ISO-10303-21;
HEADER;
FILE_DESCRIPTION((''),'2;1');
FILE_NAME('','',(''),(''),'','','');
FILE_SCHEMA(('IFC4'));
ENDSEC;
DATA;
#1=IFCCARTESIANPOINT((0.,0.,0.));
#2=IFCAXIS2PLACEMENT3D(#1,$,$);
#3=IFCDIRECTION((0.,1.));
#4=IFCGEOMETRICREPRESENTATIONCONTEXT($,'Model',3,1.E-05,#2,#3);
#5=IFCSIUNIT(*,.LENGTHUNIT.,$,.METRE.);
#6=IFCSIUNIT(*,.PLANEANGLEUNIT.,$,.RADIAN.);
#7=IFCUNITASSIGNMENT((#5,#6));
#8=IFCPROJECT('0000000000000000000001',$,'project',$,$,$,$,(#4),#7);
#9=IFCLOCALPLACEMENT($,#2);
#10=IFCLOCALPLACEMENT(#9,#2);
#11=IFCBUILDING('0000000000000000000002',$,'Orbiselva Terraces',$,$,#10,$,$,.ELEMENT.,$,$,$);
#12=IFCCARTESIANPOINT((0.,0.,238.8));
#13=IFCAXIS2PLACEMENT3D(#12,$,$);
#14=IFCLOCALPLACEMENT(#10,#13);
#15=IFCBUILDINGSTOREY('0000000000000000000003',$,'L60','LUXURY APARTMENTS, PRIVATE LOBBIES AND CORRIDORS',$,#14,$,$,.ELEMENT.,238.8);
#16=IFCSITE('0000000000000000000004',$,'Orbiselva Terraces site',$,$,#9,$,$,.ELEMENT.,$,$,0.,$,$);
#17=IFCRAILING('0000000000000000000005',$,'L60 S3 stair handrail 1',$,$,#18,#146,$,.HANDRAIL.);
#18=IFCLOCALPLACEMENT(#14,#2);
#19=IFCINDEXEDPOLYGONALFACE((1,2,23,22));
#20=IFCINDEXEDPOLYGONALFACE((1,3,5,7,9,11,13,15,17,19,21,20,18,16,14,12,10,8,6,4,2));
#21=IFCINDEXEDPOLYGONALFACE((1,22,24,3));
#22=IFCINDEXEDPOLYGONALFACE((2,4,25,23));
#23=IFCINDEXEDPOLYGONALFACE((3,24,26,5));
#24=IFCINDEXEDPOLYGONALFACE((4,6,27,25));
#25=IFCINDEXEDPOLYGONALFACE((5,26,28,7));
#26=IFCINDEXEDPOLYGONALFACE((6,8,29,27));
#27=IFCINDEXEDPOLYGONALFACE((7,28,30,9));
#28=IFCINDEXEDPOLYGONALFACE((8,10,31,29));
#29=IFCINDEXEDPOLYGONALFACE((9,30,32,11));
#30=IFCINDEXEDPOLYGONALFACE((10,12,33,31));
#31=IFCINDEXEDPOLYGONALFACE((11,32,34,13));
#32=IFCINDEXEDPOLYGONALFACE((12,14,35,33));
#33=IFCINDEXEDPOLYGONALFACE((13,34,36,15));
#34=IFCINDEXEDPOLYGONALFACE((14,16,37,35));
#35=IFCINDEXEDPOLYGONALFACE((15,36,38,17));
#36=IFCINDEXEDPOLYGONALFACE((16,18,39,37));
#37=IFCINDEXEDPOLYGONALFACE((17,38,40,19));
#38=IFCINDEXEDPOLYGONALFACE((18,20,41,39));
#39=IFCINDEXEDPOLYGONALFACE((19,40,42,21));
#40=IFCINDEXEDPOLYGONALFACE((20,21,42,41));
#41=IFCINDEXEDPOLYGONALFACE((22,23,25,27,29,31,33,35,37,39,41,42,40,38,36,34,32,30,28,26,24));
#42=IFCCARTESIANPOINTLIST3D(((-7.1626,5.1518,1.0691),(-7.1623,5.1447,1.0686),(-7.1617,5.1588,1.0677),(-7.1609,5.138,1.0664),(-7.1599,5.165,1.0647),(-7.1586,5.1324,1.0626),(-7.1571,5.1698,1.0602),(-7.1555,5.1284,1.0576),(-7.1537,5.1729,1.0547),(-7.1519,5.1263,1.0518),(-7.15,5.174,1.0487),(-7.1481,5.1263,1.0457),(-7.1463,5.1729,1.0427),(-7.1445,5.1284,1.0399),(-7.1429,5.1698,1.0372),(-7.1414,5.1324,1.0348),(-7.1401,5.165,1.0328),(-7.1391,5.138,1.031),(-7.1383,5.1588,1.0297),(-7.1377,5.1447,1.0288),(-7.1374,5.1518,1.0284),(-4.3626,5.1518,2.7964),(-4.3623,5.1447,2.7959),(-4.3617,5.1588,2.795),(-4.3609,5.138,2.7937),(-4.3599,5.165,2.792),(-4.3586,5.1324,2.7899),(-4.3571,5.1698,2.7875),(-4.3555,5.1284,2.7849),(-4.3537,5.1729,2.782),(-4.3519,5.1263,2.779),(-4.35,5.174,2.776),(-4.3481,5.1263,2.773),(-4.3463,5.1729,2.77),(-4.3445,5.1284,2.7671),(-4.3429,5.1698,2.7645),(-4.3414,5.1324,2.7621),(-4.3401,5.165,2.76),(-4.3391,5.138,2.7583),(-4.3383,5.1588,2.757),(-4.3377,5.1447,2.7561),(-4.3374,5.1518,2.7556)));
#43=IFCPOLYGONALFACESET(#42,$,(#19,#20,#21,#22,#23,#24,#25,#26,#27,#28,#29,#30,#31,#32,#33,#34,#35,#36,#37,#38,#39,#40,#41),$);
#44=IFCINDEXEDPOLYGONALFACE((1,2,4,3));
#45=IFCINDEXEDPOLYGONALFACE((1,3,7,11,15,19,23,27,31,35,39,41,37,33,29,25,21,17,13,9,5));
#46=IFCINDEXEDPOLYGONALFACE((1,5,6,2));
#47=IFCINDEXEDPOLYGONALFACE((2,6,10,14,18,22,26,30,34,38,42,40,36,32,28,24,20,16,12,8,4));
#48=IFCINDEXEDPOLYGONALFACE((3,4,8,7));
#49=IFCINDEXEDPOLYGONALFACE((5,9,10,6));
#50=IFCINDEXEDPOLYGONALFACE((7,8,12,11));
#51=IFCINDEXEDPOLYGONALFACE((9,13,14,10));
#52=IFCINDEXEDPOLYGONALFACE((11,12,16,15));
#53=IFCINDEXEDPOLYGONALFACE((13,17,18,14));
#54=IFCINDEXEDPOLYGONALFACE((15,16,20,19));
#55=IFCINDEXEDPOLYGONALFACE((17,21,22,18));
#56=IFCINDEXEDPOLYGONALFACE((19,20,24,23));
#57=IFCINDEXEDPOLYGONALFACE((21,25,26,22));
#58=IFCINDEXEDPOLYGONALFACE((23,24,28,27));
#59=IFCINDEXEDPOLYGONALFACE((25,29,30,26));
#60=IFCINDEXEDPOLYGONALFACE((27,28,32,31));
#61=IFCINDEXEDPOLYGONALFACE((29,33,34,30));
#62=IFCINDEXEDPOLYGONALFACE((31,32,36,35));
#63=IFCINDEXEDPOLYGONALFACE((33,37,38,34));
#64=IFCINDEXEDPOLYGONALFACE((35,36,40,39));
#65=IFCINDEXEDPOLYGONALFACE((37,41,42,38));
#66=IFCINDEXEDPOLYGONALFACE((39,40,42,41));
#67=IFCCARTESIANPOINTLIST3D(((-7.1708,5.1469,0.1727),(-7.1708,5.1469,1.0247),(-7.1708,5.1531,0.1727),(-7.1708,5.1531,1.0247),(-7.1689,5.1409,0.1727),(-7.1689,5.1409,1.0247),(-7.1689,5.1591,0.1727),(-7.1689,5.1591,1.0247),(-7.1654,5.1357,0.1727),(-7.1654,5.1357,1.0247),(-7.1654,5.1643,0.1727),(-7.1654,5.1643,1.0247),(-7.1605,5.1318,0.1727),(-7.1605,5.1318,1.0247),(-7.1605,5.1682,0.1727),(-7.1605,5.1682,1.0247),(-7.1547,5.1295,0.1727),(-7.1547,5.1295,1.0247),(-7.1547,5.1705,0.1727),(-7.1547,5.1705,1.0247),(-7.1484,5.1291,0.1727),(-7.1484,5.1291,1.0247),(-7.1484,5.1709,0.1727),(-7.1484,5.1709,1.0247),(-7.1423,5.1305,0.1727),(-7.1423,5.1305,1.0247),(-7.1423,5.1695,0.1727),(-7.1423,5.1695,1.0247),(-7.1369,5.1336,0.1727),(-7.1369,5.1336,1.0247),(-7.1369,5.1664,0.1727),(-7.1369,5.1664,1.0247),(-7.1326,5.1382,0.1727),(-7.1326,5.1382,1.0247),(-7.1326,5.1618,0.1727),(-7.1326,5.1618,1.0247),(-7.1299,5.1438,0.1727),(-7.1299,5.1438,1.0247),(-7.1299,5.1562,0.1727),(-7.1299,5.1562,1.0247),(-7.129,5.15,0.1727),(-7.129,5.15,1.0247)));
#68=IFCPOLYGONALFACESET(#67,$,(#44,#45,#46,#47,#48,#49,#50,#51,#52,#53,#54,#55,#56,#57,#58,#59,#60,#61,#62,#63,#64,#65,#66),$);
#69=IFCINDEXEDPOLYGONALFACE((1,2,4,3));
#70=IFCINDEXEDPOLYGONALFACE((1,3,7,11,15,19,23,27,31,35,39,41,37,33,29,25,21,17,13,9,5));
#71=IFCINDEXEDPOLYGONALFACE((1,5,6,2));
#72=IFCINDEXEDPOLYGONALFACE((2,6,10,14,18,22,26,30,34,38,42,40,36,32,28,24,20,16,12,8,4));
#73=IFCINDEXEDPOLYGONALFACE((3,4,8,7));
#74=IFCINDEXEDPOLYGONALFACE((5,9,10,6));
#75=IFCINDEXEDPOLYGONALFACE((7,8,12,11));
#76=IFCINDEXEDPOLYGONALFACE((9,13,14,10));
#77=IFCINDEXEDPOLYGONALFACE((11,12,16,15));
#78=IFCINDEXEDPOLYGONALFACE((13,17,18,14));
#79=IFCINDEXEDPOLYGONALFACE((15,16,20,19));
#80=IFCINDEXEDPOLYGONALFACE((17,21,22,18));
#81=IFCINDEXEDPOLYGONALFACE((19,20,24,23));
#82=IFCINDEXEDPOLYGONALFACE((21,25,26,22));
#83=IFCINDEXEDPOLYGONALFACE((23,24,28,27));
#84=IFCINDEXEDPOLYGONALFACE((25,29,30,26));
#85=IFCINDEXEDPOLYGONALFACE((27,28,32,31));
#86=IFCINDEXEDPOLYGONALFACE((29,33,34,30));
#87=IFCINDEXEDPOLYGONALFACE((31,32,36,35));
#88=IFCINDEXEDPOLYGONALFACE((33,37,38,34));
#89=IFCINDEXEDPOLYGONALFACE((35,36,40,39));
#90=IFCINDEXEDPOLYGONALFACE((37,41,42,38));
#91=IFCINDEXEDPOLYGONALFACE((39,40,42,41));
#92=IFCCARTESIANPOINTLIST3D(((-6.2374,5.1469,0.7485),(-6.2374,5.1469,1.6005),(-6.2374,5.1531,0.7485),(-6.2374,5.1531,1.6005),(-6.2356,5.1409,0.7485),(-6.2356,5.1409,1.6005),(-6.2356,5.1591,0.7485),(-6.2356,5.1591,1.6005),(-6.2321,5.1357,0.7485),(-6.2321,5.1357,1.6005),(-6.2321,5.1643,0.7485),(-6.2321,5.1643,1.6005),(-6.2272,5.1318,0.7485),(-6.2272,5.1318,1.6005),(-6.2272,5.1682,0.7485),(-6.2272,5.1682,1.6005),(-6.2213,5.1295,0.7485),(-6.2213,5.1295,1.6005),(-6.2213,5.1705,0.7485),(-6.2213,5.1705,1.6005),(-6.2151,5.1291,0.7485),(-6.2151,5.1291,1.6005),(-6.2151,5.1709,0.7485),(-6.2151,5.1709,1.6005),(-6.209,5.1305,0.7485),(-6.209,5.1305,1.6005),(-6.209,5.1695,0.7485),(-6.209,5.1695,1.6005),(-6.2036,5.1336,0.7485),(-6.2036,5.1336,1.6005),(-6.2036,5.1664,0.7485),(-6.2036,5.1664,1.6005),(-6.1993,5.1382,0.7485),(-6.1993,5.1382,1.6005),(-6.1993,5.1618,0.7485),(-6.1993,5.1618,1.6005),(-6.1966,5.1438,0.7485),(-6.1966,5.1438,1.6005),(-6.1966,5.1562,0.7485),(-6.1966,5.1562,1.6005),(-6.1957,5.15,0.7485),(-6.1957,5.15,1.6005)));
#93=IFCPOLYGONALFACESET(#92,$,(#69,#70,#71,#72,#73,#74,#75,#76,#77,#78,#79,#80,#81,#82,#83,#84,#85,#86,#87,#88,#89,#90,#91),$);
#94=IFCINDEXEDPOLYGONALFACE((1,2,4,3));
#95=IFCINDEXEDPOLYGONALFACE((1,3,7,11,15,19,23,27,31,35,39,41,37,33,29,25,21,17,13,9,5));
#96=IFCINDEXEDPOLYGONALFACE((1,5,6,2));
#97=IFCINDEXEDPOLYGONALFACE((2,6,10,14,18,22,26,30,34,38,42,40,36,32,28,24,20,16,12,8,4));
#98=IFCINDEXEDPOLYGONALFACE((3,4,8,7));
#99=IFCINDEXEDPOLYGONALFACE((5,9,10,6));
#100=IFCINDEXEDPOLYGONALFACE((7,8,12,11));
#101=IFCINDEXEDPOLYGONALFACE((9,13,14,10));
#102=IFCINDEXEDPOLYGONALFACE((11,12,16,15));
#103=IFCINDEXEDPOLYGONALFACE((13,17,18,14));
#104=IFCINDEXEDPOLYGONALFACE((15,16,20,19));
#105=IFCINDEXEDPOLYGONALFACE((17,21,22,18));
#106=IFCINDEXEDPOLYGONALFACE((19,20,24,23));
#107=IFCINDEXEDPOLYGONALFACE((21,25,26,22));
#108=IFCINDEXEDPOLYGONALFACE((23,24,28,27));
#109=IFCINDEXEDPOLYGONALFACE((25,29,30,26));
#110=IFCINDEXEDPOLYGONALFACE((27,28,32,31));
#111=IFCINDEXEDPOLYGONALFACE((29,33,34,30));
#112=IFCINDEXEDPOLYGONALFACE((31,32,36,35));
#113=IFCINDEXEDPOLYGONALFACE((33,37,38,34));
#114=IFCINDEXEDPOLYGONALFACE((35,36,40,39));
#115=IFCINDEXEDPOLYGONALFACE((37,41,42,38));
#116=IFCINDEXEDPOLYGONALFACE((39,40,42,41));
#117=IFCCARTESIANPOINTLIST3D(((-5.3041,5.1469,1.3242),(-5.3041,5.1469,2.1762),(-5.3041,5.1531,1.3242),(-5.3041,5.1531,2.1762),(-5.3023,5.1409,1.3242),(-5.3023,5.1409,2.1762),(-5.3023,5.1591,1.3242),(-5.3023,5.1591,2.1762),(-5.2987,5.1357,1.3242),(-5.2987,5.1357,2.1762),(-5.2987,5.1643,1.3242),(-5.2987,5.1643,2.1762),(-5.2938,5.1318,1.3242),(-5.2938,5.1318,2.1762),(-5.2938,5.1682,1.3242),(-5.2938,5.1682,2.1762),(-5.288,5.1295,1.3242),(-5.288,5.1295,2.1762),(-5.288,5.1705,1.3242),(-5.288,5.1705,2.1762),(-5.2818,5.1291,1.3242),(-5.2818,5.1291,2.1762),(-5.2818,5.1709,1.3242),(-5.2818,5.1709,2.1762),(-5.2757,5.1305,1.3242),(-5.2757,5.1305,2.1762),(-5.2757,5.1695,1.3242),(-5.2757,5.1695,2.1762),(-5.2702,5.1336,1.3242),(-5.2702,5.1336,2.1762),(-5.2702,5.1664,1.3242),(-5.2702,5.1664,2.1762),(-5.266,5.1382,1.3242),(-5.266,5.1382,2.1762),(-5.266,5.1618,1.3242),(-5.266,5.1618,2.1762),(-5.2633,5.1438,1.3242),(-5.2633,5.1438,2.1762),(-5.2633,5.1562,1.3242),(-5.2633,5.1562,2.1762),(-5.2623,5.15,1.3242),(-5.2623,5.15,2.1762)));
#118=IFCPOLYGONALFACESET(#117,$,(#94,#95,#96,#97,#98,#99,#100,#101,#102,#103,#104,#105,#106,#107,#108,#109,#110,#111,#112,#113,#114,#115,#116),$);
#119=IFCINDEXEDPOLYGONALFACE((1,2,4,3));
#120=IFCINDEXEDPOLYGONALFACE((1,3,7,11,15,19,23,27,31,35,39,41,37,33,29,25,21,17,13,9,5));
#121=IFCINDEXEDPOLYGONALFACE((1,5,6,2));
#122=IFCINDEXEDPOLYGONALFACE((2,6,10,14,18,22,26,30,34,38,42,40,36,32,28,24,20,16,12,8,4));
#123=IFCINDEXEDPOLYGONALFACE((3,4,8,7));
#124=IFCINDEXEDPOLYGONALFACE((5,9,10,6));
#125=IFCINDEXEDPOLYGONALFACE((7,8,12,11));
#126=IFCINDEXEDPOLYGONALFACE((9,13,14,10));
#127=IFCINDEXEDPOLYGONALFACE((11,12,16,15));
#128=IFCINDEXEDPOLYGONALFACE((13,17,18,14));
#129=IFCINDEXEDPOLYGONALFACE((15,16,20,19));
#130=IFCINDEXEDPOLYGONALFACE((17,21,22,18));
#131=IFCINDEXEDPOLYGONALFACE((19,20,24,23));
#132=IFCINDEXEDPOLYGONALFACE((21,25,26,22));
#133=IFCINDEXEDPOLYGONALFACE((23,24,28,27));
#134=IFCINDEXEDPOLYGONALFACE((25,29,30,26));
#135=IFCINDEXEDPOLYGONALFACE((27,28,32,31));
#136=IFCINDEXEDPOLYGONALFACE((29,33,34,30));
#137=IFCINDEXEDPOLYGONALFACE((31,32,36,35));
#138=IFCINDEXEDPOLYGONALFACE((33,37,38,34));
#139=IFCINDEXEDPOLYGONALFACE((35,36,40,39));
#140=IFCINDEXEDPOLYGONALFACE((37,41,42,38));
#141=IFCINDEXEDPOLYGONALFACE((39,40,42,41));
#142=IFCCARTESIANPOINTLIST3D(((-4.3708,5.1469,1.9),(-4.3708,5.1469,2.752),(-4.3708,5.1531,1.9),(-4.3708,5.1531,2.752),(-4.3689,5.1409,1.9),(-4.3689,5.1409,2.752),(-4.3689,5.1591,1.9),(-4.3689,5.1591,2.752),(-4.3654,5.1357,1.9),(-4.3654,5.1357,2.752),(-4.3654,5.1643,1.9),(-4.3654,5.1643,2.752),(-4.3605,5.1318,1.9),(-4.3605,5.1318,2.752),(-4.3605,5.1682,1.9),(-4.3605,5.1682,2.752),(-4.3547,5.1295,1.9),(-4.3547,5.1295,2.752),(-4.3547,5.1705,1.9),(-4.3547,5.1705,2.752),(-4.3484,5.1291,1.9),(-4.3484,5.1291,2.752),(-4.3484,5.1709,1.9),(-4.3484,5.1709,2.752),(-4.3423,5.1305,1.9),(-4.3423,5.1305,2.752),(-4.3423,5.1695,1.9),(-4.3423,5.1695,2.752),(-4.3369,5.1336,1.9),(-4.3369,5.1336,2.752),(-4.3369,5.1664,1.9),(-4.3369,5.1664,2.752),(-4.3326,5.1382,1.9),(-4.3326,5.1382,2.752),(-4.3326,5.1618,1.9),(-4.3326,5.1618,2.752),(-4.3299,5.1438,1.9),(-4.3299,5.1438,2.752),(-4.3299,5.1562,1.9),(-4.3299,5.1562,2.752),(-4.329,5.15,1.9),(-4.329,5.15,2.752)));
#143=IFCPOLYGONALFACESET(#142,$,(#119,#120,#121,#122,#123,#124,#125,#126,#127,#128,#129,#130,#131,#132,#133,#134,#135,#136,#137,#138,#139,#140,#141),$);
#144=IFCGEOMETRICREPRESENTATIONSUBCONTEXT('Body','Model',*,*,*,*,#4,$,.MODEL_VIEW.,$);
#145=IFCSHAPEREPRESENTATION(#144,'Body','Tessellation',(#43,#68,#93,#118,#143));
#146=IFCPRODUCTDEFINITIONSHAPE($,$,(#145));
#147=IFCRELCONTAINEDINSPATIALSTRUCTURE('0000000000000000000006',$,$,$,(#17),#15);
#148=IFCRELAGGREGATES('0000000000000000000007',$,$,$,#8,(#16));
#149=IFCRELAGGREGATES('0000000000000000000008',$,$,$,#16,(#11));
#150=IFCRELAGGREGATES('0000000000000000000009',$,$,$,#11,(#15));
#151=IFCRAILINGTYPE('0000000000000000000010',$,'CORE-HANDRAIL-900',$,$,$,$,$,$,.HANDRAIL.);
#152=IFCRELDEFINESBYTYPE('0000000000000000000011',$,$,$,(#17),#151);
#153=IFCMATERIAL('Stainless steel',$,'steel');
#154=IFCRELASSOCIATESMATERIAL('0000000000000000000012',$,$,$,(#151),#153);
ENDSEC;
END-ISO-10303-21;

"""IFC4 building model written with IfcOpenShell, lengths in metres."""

from ifc_helpers import new_model, si_unit, direction, frame, origin, origin_2d, place, context, subcontext, project, spatial, circle, extrude, material, type_object, element, save


model = new_model("IFC4")

# Units and contexts
model_context = context("Model", 3, precision=1e-05, world=origin(), true_north=direction((0.0, 1.0)))
body_context = subcontext(model_context, "Body", "Model", "MODEL_VIEW")
ifc_project = project(units=[si_unit("LENGTHUNIT", "METRE"), si_unit("PLANEANGLEUNIT", "RADIAN")], contexts=[model_context])

# Site, building, storey
site_placement = place(None, origin())
site = spatial("IfcSite", under=ifc_project, at=site_placement, Name="Orbiselva Terraces site", CompositionType="ELEMENT", RefElevation=0.0)
building_placement = place(site_placement, origin())
building = spatial("IfcBuilding", under=site, at=building_placement, Name="Orbiselva Terraces", CompositionType="ELEMENT")
storey_placement = place(building_placement, frame((0.0, 0.0, 238.8)))
storey = spatial("IfcBuildingStorey", under=building, at=storey_placement, Name="L60", Description="LUXURY APARTMENTS, PRIVATE LOBBIES AND CORRIDORS", CompositionType="ELEMENT", Elevation=238.8)

# Railing
ifc_material_1 = material(Name="Stainless steel", Category="steel")
railing_type_1 = type_object("IfcRailingType", Name="CORE-HANDRAIL-900", PredefinedType="HANDRAIL", material=ifc_material_1)
railing_1_placement = place(storey_placement, frame((-7.15, 5.15, 0.1727)))
element("IfcRailing", 1, at=railing_1_placement, inside=storey, type_object=railing_type_1, Name="L60 S3 stair handrail 1", PredefinedType="HANDRAIL", context=body_context, shape_type="SweptSolid", body=[
    extrude(circle(Radius=0.024, at=origin_2d()), frame((0.0, 0.0, 0.876), z_axis=(0.851089, 0.0, 0.525022), x_axis=(0.0, 1.0, 0.0)), (0.0, 0.0, 1.0), 3.2899),
    extrude(circle(Radius=0.021, at=origin_2d()), origin(), (0.0, 0.0, 1.0), 0.852),
    extrude(circle(Radius=0.021, at=origin_2d()), frame((0.9333, 0.0, 0.5758)), (0.0, 0.0, 1.0), 0.852),
    extrude(circle(Radius=0.021, at=origin_2d()), frame((1.8667, 0.0, 1.1515)), (0.0, 0.0, 1.0), 0.852),
    extrude(circle(Radius=0.021, at=origin_2d()), frame((2.8, 0.0, 1.7273)), (0.0, 0.0, 1.0), 0.852),
])

save(model, "model.ifc")
